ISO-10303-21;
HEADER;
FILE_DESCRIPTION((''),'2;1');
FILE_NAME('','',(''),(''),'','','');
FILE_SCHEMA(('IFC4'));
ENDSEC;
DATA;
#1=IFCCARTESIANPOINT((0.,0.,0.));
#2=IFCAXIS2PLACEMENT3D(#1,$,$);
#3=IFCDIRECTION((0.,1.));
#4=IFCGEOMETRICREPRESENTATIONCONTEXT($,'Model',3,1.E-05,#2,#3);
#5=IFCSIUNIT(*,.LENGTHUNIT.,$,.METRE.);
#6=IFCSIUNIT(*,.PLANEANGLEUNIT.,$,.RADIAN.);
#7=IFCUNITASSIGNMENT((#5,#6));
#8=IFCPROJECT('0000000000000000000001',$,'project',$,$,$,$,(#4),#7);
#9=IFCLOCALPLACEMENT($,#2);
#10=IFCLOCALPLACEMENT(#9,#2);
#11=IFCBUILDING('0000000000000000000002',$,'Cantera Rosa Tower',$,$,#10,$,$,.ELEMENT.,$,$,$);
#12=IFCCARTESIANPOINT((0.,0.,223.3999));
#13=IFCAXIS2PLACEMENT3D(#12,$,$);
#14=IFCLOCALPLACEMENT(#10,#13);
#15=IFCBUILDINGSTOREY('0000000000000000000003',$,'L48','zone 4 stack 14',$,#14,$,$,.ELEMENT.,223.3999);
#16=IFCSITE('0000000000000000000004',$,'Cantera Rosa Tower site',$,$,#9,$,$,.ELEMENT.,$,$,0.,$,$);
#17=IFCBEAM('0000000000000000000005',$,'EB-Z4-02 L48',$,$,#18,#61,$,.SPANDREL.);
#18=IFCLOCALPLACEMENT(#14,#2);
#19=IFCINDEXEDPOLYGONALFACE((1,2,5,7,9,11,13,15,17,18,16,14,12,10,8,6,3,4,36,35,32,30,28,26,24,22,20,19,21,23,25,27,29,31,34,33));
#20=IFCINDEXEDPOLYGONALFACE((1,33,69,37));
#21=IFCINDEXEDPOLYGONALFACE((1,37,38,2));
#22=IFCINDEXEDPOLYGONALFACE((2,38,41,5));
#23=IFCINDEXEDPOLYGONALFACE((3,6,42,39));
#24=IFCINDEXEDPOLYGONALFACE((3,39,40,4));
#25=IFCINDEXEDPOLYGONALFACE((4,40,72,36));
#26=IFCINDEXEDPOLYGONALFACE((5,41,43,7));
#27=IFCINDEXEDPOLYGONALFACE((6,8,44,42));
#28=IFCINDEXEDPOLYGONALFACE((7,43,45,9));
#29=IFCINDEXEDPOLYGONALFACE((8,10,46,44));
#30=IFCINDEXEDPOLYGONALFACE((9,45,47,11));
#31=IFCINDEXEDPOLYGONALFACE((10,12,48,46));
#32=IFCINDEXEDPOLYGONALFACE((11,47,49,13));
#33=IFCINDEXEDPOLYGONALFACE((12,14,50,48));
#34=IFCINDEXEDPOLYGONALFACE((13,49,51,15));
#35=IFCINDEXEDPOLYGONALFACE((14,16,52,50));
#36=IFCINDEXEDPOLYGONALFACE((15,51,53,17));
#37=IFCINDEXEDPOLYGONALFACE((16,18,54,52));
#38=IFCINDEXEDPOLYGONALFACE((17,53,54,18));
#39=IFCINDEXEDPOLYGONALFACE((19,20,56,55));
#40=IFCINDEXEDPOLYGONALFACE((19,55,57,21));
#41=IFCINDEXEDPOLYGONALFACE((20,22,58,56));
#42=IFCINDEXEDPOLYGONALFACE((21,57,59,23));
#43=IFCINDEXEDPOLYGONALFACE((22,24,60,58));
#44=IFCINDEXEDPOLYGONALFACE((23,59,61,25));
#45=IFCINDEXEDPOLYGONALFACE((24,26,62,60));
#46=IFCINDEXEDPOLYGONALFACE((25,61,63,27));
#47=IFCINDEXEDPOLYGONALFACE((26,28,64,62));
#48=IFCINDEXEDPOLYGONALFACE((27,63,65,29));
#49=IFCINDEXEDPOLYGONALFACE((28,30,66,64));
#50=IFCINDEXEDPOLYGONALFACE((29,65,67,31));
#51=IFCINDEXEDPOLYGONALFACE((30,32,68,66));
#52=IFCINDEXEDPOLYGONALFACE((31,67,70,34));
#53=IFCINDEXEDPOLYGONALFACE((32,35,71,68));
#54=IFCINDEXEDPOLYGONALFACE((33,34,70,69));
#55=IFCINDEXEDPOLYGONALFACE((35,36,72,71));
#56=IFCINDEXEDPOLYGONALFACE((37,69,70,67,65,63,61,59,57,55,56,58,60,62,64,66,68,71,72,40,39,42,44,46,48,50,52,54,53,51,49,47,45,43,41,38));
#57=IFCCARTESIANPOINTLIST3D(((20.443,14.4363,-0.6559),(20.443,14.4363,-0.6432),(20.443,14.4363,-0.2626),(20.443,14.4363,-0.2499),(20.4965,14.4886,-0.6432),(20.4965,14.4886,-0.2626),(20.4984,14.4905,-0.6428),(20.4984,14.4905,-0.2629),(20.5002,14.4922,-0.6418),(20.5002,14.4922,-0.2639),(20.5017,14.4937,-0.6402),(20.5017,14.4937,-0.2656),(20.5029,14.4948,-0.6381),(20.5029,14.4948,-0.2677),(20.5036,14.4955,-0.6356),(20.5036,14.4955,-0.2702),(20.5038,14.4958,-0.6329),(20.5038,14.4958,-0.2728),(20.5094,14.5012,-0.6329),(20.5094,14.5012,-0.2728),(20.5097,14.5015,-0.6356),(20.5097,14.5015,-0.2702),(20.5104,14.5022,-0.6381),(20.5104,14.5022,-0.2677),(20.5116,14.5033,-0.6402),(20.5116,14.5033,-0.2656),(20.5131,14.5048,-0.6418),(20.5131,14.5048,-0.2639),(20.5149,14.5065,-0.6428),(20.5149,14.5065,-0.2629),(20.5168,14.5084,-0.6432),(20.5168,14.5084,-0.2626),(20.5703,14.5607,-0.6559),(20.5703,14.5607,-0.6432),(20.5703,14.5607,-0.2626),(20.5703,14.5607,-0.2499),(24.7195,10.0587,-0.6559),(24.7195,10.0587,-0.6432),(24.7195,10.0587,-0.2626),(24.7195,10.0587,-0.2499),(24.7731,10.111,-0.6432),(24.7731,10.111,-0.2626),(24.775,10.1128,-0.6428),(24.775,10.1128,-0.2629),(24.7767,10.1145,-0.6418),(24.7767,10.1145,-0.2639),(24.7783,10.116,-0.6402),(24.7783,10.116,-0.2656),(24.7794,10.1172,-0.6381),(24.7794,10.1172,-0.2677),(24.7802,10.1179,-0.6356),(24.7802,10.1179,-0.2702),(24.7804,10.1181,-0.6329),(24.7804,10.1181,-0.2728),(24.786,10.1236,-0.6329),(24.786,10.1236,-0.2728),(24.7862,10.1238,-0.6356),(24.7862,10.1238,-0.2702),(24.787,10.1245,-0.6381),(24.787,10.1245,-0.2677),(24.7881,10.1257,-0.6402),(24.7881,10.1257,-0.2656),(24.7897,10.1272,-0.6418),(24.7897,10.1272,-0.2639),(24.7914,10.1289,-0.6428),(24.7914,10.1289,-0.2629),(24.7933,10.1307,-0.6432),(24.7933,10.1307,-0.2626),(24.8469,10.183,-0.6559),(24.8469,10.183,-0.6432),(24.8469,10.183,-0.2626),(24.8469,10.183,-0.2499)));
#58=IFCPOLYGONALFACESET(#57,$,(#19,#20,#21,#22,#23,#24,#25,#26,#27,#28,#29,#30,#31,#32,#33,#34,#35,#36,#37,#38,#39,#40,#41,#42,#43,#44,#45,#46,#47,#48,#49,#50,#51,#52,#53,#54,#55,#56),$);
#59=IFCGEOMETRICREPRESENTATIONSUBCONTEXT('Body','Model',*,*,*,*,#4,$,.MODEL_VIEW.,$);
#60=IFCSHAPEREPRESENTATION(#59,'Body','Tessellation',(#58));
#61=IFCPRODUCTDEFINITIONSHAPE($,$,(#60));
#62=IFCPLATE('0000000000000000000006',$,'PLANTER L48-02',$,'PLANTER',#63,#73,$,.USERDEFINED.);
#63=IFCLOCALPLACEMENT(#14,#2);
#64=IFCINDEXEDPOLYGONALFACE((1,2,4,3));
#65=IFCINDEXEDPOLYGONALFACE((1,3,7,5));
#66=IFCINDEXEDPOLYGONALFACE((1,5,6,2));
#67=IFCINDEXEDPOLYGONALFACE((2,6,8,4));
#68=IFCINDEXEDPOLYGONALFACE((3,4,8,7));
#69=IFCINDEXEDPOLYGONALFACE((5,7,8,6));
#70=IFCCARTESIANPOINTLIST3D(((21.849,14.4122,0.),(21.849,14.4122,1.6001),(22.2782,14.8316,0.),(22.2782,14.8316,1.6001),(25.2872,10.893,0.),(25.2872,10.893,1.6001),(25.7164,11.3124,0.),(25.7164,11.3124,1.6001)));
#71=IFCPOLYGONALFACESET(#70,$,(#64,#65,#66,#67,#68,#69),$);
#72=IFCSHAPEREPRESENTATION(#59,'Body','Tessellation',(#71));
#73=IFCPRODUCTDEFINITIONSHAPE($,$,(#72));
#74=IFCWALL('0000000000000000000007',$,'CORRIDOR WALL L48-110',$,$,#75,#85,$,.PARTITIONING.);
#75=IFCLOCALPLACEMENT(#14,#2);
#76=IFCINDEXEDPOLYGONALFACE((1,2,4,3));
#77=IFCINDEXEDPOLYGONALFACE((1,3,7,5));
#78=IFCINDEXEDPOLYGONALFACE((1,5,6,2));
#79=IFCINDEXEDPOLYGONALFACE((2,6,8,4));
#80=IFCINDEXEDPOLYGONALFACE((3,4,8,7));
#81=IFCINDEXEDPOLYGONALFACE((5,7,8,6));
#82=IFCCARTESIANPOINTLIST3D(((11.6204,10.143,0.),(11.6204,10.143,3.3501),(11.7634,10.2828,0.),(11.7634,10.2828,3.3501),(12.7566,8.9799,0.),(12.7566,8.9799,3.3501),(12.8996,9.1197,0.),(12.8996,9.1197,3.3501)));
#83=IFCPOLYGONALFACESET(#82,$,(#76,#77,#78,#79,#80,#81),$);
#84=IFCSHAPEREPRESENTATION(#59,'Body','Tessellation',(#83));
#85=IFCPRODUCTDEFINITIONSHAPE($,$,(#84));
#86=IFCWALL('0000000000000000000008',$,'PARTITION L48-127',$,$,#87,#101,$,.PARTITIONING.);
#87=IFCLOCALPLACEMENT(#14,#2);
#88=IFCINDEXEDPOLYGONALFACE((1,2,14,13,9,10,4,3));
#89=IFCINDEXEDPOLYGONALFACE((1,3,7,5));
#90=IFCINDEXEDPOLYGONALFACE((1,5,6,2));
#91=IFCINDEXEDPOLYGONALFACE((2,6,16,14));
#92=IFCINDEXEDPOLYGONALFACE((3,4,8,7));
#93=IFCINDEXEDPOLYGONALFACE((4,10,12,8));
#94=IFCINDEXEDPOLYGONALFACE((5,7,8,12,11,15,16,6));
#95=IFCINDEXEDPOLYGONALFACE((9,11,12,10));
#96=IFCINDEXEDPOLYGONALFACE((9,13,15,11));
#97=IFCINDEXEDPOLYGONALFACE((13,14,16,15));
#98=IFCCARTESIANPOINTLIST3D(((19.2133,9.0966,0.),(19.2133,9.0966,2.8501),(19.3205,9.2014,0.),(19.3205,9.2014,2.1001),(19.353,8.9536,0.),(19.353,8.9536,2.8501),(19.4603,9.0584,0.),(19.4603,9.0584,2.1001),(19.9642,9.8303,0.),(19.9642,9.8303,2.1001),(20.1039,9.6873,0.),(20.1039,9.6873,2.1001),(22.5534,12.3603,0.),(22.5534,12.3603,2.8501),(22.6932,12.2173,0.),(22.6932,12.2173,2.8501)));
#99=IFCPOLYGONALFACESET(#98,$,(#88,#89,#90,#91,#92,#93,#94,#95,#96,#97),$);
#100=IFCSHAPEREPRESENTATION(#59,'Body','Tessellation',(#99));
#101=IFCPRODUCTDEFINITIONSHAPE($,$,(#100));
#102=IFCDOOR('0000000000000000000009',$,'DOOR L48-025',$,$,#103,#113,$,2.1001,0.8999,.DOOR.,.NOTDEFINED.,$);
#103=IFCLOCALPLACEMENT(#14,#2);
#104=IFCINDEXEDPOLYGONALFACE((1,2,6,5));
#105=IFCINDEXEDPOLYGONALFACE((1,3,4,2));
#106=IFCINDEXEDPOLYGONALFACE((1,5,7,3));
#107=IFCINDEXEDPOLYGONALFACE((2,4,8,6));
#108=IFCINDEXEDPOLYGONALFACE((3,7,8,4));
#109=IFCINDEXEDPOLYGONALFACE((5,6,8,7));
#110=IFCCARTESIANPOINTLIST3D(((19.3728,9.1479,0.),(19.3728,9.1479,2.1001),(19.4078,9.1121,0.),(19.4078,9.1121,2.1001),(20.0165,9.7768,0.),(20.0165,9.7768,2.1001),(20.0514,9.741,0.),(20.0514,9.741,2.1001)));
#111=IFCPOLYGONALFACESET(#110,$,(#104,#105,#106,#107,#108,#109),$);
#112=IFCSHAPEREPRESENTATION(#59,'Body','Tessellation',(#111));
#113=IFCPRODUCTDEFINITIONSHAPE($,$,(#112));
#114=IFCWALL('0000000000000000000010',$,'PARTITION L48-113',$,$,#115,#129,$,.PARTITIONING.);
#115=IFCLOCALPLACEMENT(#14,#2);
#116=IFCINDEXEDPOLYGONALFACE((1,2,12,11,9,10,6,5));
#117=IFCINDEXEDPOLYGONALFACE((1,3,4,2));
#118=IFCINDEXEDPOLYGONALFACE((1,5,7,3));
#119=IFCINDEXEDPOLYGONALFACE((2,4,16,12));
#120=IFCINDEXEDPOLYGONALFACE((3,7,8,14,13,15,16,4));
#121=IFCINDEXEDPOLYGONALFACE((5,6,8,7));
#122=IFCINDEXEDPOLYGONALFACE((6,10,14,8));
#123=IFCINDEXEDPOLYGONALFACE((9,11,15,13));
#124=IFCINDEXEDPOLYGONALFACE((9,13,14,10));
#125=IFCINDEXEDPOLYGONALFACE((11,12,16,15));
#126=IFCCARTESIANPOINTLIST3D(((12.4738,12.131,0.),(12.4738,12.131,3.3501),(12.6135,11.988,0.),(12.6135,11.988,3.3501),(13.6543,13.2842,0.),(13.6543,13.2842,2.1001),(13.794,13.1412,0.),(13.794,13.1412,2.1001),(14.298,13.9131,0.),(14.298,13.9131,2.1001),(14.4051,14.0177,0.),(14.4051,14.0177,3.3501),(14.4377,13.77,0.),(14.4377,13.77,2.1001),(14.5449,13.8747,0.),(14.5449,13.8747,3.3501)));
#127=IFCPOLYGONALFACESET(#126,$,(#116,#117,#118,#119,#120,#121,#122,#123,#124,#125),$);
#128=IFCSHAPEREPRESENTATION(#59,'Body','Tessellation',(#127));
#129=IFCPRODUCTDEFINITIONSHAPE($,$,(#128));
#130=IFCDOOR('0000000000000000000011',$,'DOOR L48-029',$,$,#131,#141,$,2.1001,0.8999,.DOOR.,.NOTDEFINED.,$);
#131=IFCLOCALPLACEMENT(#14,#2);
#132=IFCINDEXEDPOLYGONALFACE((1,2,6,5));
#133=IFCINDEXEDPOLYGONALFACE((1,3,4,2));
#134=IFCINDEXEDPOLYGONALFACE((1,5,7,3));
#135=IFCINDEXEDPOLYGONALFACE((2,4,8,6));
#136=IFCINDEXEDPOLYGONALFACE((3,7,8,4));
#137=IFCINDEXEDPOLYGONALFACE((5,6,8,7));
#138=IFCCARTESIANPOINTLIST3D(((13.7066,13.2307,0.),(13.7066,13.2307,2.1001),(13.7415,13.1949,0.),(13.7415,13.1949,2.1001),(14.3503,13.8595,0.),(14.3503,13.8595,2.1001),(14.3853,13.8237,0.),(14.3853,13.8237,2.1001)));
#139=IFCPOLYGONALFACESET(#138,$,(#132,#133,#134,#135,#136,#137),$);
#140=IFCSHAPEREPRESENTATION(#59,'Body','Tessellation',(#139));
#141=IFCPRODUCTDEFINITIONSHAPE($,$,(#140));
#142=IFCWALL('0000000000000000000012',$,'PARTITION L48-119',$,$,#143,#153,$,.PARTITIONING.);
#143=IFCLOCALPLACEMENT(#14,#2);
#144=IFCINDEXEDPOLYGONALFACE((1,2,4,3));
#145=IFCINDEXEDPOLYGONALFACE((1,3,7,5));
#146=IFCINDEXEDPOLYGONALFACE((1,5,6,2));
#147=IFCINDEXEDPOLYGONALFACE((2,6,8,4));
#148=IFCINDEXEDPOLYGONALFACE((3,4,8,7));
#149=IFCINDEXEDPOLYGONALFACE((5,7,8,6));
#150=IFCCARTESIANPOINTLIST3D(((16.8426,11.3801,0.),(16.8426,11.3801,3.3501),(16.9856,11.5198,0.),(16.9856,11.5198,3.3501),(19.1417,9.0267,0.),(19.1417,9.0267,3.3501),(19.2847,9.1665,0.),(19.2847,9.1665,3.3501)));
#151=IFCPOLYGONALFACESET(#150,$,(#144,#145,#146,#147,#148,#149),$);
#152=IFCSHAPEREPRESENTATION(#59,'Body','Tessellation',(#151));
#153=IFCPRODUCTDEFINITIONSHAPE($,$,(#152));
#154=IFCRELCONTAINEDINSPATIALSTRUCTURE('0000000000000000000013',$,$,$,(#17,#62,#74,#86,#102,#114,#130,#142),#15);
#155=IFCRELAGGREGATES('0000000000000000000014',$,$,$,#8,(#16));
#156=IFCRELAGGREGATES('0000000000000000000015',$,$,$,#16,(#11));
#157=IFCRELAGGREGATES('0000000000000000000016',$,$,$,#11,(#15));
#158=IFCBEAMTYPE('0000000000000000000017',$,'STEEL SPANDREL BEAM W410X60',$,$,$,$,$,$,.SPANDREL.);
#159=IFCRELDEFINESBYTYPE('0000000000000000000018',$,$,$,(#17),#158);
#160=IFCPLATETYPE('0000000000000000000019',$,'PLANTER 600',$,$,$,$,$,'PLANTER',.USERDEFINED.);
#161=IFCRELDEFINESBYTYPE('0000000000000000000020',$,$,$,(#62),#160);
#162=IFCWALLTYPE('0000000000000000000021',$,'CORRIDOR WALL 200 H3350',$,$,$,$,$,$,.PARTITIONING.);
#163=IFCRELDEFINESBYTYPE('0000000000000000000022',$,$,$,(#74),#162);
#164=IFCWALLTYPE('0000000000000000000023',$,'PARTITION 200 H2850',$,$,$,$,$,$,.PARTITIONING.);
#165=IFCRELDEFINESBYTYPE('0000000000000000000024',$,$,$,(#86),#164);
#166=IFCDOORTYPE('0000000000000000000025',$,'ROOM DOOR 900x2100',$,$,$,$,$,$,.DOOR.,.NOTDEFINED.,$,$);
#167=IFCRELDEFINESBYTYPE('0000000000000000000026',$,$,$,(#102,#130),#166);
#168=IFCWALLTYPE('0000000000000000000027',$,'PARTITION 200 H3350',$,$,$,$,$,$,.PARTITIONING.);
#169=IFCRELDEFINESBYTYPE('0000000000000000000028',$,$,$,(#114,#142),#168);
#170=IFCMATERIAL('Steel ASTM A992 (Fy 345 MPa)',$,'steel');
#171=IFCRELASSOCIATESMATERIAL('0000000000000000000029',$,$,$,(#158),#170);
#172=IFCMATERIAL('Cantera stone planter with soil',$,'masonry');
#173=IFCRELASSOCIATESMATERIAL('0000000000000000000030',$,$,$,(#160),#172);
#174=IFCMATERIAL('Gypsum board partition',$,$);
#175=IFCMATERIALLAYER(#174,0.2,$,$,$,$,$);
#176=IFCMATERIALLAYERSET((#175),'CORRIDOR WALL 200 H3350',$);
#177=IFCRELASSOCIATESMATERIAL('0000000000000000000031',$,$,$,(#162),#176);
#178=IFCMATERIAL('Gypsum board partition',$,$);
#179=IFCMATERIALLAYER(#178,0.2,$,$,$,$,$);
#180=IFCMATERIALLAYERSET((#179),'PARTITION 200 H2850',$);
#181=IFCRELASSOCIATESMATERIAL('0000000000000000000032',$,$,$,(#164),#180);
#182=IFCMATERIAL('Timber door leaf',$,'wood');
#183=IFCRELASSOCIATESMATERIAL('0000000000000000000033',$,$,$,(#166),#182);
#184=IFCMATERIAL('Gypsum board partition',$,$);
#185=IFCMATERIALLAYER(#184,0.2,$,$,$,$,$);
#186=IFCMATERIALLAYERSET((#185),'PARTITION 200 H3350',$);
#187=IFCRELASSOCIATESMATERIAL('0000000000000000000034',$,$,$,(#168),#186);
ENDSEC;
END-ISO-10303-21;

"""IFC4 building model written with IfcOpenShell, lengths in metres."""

from ifc_helpers import new_model, si_unit, direction, frame, frame_2d, origin, origin_2d, place, context, subcontext, project, spatial, rectangle, i_section, extrude, material, layer, layer_set, material_profile, profile_set, type_object, element, fill, save


model = new_model("IFC4")

# Units and contexts
model_context = context("Model", 3, precision=1e-05, world=origin(), true_north=direction((0.0, 1.0)))
body_context = subcontext(model_context, "Body", "Model", "MODEL_VIEW")
ifc_project = project(units=[si_unit("LENGTHUNIT", "METRE"), si_unit("PLANEANGLEUNIT", "RADIAN")], contexts=[model_context])

# Site, building, storey
site_placement = place(None, origin())
site = spatial("IfcSite", under=ifc_project, at=site_placement, Name="Cantera Rosa Tower site", CompositionType="ELEMENT", RefElevation=0.0)
building_placement = place(site_placement, origin())
building = spatial("IfcBuilding", under=site, at=building_placement, Name="Cantera Rosa Tower", CompositionType="ELEMENT")
storey_placement = place(building_placement, frame((0.0, 0.0, 223.3999)))
storey = spatial("IfcBuildingStorey", under=building, at=storey_placement, Name="L48", Description="zone 4 stack 14", CompositionType="ELEMENT", Elevation=223.3999)

# Beam
ifc_material_1 = material(Name="Steel ASTM A992 (Fy 345 MPa)", Category="steel")
ifc_material_profile_1 = material_profile(ifc_material_1, i_section(OverallWidth=0.178, OverallDepth=0.406, WebThickness=0.0078, FlangeThickness=0.0127, FilletRadius=0.0103, at=origin_2d()), Name="W410X60")
ifc_profile_set_1 = profile_set([ifc_material_profile_1], Name="Steel ASTM A992 (Fy 345 MPa)")
beam_type_1 = type_object("IfcBeamType", Name="STEEL SPANDREL BEAM W410X60", PredefinedType="SPANDREL", material=ifc_profile_set_1)
beam_1_placement = place(storey_placement, frame((24.7832, 10.1208, -0.4529), z_axis=(-0.698801, 0.715316, 0.0), x_axis=(-0.715316, -0.698801, 0.0)))
element("IfcBeam", 1, at=beam_1_placement, inside=storey, type_object=beam_type_1, Name="EB-Z4-02 L48", PredefinedType="SPANDREL", context=body_context, shape_type="SweptSolid", body=[
    extrude(i_section(OverallWidth=0.178, OverallDepth=0.406, WebThickness=0.0078, FlangeThickness=0.0127, FilletRadius=0.0103, at=origin_2d()), origin(), (0.0, 0.0, 1.0), 6.1199),
])

# Plate
ifc_material_2 = material(Name="Cantera stone planter with soil", Category="masonry")
plate_type = type_object("IfcPlateType", Name="PLANTER 600", ElementType="PLANTER", PredefinedType="USERDEFINED", material=ifc_material_2)
plate_placement = place(storey_placement, frame((23.7827, 12.8623, 0.0), z_axis=(0.0, 0.0, 1.0), x_axis=(-0.698832, 0.715286, 0.0)))
element("IfcPlate", 2, at=plate_placement, inside=storey, type_object=plate_type, Name="PLANTER L48-02", ObjectType="PLANTER", PredefinedType="USERDEFINED", context=body_context, shape_type="SweptSolid", body=[
    extrude(rectangle(XDim=4.9199, YDim=0.6001, at=origin_2d()), origin(), (0.0, 0.0, 1.0), 1.6001),
])

# Wall
ifc_material_3 = material(Name="Gypsum board partition")
ifc_layer_1 = layer(ifc_material_3, 0.2)
ifc_layer_set_1 = layer_set([ifc_layer_1], Name="CORRIDOR WALL 200 H3350")
wall_type_1 = type_object("IfcWallType", Name="CORRIDOR WALL 200 H3350", PredefinedType="PARTITIONING", material=ifc_layer_set_1)
wall_1_placement = place(storey_placement, frame((12.8281, 9.0498, 0.0), z_axis=(0.0, 0.0, 1.0), x_axis=(-0.6988, 0.715317, 0.0)))
element("IfcWall", 3, at=wall_1_placement, inside=storey, type_object=wall_type_1, Name="CORRIDOR WALL L48-110", PredefinedType="PARTITIONING", context=body_context, shape_type="SweptSolid", body=[
    extrude(rectangle(XDim=1.626, YDim=0.2, at=frame_2d((0.813, 0.0))), origin(), (0.0, 0.0, 1.0), 3.3501),
])

# Walls, openings, doors
ifc_material_4 = material(Name="Gypsum board partition")
ifc_layer_2 = layer(ifc_material_4, 0.2)
ifc_layer_set_2 = layer_set([ifc_layer_2], Name="PARTITION 200 H2850")
wall_type_2 = type_object("IfcWallType", Name="PARTITION 200 H2850", PredefinedType="PARTITIONING", material=ifc_layer_set_2)
wall_2_placement = place(storey_placement, frame((22.6233, 12.2888, 0.0), z_axis=(0.0, 0.0, 1.0), x_axis=(-0.715241, -0.698878, 0.0)))
wall_2 = element("IfcWall", 4, at=wall_2_placement, inside=storey, type_object=wall_type_2, Name="PARTITION L48-127", PredefinedType="PARTITIONING", context=body_context, shape_type="SweptSolid", body=[
    extrude(rectangle(XDim=4.6699, YDim=0.2, at=frame_2d((2.335, 0.0))), origin(), (0.0, 0.0, 1.0), 2.8501),
])
opening_1_placement = place(wall_2_placement, frame((3.6201, 0.0, 0.0)))
opening_1 = element("IfcOpeningElement", 5, at=opening_1_placement, cuts=wall_2, PredefinedType="OPENING", context=body_context, shape_type="SweptSolid", body=[
    extrude(rectangle(XDim=0.8999, YDim=2.1001, at=frame_2d((0.45, 1.05))), frame((0.0, 0.1099, 0.0), z_axis=(0.0, -1.0, 0.0), x_axis=(1.0, 0.0, 0.0)), (0.0, 0.0, 1.0), 0.22),
])
ifc_material_5 = material(Name="Timber door leaf", Category="wood")
door_type_1 = type_object("IfcDoorType", Name="ROOM DOOR 900x2100", OperationType="NOTDEFINED", PredefinedType="DOOR", material=ifc_material_5)
door_1_placement = place(opening_1_placement, origin())
door_1 = element("IfcDoor", 6, at=door_1_placement, inside=storey, type_object=door_type_1, Name="DOOR L48-025", OperationType="NOTDEFINED", OverallHeight=2.1001, OverallWidth=0.8999, PredefinedType="DOOR", context=body_context, shape_type="SweptSolid", body=[
    extrude(rectangle(XDim=0.8999, YDim=2.1001, at=frame_2d((0.45, 1.05))), frame((0.0, 0.0249, 0.0), z_axis=(0.0, -1.0, 0.0), x_axis=(1.0, 0.0, 0.0)), (0.0, 0.0, 1.0), 0.05),
])
fill(opening_1, door_1)
ifc_material_6 = material(Name="Gypsum board partition")
ifc_layer_3 = layer(ifc_material_6, 0.2)
ifc_layer_set_3 = layer_set([ifc_layer_3], Name="PARTITION 200 H3350")
wall_type_3 = type_object("IfcWallType", Name="PARTITION 200 H3350", PredefinedType="PARTITIONING", material=ifc_layer_set_3)
wall_3_placement = place(storey_placement, frame((14.4751, 13.9463, 0.0), z_axis=(0.0, 0.0, 1.0), x_axis=(-0.715332, -0.698785, 0.0)))
wall_3 = element("IfcWall", 7, at=wall_3_placement, inside=storey, type_object=wall_type_3, Name="PARTITION L48-113", PredefinedType="PARTITIONING", context=body_context, shape_type="SweptSolid", body=[
    extrude(rectangle(XDim=2.7, YDim=0.2, at=frame_2d((1.3501, 0.0))), origin(), (0.0, 0.0, 1.0), 3.3501),
])
opening_2_placement = place(wall_3_placement, frame((0.1499, 0.0, 0.0)))
opening_2 = element("IfcOpeningElement", 8, at=opening_2_placement, cuts=wall_3, PredefinedType="OPENING", context=body_context, shape_type="SweptSolid", body=[
    extrude(rectangle(XDim=0.8999, YDim=2.1001, at=frame_2d((0.45, 1.05))), frame((0.0, 0.1099, 0.0), z_axis=(0.0, -1.0, 0.0), x_axis=(1.0, 0.0, 0.0)), (0.0, 0.0, 1.0), 0.22),
])
door_2_placement = place(opening_2_placement, origin())
door_2 = element("IfcDoor", 9, at=door_2_placement, inside=storey, type_object=door_type_1, Name="DOOR L48-029", OperationType="NOTDEFINED", OverallHeight=2.1001, OverallWidth=0.8999, PredefinedType="DOOR", context=body_context, shape_type="SweptSolid", body=[
    extrude(rectangle(XDim=0.8999, YDim=2.1001, at=frame_2d((0.45, 1.05))), frame((0.0, 0.0249, 0.0), z_axis=(0.0, -1.0, 0.0), x_axis=(1.0, 0.0, 0.0)), (0.0, 0.0, 1.0), 0.05),
])
fill(opening_2, door_2)

# Wall
wall_4_placement = place(storey_placement, frame((16.9141, 11.45, 0.0), z_axis=(0.0, 0.0, 1.0), x_axis=(0.698822, -0.715296, 0.0)))
element("IfcWall", 10, at=wall_4_placement, inside=storey, type_object=wall_type_3, Name="PARTITION L48-119", PredefinedType="PARTITIONING", context=body_context, shape_type="SweptSolid", body=[
    extrude(rectangle(XDim=3.29, YDim=0.2, at=frame_2d((1.645, 0.0))), origin(), (0.0, 0.0, 1.0), 3.3501),
])

save(model, "model.ifc")
